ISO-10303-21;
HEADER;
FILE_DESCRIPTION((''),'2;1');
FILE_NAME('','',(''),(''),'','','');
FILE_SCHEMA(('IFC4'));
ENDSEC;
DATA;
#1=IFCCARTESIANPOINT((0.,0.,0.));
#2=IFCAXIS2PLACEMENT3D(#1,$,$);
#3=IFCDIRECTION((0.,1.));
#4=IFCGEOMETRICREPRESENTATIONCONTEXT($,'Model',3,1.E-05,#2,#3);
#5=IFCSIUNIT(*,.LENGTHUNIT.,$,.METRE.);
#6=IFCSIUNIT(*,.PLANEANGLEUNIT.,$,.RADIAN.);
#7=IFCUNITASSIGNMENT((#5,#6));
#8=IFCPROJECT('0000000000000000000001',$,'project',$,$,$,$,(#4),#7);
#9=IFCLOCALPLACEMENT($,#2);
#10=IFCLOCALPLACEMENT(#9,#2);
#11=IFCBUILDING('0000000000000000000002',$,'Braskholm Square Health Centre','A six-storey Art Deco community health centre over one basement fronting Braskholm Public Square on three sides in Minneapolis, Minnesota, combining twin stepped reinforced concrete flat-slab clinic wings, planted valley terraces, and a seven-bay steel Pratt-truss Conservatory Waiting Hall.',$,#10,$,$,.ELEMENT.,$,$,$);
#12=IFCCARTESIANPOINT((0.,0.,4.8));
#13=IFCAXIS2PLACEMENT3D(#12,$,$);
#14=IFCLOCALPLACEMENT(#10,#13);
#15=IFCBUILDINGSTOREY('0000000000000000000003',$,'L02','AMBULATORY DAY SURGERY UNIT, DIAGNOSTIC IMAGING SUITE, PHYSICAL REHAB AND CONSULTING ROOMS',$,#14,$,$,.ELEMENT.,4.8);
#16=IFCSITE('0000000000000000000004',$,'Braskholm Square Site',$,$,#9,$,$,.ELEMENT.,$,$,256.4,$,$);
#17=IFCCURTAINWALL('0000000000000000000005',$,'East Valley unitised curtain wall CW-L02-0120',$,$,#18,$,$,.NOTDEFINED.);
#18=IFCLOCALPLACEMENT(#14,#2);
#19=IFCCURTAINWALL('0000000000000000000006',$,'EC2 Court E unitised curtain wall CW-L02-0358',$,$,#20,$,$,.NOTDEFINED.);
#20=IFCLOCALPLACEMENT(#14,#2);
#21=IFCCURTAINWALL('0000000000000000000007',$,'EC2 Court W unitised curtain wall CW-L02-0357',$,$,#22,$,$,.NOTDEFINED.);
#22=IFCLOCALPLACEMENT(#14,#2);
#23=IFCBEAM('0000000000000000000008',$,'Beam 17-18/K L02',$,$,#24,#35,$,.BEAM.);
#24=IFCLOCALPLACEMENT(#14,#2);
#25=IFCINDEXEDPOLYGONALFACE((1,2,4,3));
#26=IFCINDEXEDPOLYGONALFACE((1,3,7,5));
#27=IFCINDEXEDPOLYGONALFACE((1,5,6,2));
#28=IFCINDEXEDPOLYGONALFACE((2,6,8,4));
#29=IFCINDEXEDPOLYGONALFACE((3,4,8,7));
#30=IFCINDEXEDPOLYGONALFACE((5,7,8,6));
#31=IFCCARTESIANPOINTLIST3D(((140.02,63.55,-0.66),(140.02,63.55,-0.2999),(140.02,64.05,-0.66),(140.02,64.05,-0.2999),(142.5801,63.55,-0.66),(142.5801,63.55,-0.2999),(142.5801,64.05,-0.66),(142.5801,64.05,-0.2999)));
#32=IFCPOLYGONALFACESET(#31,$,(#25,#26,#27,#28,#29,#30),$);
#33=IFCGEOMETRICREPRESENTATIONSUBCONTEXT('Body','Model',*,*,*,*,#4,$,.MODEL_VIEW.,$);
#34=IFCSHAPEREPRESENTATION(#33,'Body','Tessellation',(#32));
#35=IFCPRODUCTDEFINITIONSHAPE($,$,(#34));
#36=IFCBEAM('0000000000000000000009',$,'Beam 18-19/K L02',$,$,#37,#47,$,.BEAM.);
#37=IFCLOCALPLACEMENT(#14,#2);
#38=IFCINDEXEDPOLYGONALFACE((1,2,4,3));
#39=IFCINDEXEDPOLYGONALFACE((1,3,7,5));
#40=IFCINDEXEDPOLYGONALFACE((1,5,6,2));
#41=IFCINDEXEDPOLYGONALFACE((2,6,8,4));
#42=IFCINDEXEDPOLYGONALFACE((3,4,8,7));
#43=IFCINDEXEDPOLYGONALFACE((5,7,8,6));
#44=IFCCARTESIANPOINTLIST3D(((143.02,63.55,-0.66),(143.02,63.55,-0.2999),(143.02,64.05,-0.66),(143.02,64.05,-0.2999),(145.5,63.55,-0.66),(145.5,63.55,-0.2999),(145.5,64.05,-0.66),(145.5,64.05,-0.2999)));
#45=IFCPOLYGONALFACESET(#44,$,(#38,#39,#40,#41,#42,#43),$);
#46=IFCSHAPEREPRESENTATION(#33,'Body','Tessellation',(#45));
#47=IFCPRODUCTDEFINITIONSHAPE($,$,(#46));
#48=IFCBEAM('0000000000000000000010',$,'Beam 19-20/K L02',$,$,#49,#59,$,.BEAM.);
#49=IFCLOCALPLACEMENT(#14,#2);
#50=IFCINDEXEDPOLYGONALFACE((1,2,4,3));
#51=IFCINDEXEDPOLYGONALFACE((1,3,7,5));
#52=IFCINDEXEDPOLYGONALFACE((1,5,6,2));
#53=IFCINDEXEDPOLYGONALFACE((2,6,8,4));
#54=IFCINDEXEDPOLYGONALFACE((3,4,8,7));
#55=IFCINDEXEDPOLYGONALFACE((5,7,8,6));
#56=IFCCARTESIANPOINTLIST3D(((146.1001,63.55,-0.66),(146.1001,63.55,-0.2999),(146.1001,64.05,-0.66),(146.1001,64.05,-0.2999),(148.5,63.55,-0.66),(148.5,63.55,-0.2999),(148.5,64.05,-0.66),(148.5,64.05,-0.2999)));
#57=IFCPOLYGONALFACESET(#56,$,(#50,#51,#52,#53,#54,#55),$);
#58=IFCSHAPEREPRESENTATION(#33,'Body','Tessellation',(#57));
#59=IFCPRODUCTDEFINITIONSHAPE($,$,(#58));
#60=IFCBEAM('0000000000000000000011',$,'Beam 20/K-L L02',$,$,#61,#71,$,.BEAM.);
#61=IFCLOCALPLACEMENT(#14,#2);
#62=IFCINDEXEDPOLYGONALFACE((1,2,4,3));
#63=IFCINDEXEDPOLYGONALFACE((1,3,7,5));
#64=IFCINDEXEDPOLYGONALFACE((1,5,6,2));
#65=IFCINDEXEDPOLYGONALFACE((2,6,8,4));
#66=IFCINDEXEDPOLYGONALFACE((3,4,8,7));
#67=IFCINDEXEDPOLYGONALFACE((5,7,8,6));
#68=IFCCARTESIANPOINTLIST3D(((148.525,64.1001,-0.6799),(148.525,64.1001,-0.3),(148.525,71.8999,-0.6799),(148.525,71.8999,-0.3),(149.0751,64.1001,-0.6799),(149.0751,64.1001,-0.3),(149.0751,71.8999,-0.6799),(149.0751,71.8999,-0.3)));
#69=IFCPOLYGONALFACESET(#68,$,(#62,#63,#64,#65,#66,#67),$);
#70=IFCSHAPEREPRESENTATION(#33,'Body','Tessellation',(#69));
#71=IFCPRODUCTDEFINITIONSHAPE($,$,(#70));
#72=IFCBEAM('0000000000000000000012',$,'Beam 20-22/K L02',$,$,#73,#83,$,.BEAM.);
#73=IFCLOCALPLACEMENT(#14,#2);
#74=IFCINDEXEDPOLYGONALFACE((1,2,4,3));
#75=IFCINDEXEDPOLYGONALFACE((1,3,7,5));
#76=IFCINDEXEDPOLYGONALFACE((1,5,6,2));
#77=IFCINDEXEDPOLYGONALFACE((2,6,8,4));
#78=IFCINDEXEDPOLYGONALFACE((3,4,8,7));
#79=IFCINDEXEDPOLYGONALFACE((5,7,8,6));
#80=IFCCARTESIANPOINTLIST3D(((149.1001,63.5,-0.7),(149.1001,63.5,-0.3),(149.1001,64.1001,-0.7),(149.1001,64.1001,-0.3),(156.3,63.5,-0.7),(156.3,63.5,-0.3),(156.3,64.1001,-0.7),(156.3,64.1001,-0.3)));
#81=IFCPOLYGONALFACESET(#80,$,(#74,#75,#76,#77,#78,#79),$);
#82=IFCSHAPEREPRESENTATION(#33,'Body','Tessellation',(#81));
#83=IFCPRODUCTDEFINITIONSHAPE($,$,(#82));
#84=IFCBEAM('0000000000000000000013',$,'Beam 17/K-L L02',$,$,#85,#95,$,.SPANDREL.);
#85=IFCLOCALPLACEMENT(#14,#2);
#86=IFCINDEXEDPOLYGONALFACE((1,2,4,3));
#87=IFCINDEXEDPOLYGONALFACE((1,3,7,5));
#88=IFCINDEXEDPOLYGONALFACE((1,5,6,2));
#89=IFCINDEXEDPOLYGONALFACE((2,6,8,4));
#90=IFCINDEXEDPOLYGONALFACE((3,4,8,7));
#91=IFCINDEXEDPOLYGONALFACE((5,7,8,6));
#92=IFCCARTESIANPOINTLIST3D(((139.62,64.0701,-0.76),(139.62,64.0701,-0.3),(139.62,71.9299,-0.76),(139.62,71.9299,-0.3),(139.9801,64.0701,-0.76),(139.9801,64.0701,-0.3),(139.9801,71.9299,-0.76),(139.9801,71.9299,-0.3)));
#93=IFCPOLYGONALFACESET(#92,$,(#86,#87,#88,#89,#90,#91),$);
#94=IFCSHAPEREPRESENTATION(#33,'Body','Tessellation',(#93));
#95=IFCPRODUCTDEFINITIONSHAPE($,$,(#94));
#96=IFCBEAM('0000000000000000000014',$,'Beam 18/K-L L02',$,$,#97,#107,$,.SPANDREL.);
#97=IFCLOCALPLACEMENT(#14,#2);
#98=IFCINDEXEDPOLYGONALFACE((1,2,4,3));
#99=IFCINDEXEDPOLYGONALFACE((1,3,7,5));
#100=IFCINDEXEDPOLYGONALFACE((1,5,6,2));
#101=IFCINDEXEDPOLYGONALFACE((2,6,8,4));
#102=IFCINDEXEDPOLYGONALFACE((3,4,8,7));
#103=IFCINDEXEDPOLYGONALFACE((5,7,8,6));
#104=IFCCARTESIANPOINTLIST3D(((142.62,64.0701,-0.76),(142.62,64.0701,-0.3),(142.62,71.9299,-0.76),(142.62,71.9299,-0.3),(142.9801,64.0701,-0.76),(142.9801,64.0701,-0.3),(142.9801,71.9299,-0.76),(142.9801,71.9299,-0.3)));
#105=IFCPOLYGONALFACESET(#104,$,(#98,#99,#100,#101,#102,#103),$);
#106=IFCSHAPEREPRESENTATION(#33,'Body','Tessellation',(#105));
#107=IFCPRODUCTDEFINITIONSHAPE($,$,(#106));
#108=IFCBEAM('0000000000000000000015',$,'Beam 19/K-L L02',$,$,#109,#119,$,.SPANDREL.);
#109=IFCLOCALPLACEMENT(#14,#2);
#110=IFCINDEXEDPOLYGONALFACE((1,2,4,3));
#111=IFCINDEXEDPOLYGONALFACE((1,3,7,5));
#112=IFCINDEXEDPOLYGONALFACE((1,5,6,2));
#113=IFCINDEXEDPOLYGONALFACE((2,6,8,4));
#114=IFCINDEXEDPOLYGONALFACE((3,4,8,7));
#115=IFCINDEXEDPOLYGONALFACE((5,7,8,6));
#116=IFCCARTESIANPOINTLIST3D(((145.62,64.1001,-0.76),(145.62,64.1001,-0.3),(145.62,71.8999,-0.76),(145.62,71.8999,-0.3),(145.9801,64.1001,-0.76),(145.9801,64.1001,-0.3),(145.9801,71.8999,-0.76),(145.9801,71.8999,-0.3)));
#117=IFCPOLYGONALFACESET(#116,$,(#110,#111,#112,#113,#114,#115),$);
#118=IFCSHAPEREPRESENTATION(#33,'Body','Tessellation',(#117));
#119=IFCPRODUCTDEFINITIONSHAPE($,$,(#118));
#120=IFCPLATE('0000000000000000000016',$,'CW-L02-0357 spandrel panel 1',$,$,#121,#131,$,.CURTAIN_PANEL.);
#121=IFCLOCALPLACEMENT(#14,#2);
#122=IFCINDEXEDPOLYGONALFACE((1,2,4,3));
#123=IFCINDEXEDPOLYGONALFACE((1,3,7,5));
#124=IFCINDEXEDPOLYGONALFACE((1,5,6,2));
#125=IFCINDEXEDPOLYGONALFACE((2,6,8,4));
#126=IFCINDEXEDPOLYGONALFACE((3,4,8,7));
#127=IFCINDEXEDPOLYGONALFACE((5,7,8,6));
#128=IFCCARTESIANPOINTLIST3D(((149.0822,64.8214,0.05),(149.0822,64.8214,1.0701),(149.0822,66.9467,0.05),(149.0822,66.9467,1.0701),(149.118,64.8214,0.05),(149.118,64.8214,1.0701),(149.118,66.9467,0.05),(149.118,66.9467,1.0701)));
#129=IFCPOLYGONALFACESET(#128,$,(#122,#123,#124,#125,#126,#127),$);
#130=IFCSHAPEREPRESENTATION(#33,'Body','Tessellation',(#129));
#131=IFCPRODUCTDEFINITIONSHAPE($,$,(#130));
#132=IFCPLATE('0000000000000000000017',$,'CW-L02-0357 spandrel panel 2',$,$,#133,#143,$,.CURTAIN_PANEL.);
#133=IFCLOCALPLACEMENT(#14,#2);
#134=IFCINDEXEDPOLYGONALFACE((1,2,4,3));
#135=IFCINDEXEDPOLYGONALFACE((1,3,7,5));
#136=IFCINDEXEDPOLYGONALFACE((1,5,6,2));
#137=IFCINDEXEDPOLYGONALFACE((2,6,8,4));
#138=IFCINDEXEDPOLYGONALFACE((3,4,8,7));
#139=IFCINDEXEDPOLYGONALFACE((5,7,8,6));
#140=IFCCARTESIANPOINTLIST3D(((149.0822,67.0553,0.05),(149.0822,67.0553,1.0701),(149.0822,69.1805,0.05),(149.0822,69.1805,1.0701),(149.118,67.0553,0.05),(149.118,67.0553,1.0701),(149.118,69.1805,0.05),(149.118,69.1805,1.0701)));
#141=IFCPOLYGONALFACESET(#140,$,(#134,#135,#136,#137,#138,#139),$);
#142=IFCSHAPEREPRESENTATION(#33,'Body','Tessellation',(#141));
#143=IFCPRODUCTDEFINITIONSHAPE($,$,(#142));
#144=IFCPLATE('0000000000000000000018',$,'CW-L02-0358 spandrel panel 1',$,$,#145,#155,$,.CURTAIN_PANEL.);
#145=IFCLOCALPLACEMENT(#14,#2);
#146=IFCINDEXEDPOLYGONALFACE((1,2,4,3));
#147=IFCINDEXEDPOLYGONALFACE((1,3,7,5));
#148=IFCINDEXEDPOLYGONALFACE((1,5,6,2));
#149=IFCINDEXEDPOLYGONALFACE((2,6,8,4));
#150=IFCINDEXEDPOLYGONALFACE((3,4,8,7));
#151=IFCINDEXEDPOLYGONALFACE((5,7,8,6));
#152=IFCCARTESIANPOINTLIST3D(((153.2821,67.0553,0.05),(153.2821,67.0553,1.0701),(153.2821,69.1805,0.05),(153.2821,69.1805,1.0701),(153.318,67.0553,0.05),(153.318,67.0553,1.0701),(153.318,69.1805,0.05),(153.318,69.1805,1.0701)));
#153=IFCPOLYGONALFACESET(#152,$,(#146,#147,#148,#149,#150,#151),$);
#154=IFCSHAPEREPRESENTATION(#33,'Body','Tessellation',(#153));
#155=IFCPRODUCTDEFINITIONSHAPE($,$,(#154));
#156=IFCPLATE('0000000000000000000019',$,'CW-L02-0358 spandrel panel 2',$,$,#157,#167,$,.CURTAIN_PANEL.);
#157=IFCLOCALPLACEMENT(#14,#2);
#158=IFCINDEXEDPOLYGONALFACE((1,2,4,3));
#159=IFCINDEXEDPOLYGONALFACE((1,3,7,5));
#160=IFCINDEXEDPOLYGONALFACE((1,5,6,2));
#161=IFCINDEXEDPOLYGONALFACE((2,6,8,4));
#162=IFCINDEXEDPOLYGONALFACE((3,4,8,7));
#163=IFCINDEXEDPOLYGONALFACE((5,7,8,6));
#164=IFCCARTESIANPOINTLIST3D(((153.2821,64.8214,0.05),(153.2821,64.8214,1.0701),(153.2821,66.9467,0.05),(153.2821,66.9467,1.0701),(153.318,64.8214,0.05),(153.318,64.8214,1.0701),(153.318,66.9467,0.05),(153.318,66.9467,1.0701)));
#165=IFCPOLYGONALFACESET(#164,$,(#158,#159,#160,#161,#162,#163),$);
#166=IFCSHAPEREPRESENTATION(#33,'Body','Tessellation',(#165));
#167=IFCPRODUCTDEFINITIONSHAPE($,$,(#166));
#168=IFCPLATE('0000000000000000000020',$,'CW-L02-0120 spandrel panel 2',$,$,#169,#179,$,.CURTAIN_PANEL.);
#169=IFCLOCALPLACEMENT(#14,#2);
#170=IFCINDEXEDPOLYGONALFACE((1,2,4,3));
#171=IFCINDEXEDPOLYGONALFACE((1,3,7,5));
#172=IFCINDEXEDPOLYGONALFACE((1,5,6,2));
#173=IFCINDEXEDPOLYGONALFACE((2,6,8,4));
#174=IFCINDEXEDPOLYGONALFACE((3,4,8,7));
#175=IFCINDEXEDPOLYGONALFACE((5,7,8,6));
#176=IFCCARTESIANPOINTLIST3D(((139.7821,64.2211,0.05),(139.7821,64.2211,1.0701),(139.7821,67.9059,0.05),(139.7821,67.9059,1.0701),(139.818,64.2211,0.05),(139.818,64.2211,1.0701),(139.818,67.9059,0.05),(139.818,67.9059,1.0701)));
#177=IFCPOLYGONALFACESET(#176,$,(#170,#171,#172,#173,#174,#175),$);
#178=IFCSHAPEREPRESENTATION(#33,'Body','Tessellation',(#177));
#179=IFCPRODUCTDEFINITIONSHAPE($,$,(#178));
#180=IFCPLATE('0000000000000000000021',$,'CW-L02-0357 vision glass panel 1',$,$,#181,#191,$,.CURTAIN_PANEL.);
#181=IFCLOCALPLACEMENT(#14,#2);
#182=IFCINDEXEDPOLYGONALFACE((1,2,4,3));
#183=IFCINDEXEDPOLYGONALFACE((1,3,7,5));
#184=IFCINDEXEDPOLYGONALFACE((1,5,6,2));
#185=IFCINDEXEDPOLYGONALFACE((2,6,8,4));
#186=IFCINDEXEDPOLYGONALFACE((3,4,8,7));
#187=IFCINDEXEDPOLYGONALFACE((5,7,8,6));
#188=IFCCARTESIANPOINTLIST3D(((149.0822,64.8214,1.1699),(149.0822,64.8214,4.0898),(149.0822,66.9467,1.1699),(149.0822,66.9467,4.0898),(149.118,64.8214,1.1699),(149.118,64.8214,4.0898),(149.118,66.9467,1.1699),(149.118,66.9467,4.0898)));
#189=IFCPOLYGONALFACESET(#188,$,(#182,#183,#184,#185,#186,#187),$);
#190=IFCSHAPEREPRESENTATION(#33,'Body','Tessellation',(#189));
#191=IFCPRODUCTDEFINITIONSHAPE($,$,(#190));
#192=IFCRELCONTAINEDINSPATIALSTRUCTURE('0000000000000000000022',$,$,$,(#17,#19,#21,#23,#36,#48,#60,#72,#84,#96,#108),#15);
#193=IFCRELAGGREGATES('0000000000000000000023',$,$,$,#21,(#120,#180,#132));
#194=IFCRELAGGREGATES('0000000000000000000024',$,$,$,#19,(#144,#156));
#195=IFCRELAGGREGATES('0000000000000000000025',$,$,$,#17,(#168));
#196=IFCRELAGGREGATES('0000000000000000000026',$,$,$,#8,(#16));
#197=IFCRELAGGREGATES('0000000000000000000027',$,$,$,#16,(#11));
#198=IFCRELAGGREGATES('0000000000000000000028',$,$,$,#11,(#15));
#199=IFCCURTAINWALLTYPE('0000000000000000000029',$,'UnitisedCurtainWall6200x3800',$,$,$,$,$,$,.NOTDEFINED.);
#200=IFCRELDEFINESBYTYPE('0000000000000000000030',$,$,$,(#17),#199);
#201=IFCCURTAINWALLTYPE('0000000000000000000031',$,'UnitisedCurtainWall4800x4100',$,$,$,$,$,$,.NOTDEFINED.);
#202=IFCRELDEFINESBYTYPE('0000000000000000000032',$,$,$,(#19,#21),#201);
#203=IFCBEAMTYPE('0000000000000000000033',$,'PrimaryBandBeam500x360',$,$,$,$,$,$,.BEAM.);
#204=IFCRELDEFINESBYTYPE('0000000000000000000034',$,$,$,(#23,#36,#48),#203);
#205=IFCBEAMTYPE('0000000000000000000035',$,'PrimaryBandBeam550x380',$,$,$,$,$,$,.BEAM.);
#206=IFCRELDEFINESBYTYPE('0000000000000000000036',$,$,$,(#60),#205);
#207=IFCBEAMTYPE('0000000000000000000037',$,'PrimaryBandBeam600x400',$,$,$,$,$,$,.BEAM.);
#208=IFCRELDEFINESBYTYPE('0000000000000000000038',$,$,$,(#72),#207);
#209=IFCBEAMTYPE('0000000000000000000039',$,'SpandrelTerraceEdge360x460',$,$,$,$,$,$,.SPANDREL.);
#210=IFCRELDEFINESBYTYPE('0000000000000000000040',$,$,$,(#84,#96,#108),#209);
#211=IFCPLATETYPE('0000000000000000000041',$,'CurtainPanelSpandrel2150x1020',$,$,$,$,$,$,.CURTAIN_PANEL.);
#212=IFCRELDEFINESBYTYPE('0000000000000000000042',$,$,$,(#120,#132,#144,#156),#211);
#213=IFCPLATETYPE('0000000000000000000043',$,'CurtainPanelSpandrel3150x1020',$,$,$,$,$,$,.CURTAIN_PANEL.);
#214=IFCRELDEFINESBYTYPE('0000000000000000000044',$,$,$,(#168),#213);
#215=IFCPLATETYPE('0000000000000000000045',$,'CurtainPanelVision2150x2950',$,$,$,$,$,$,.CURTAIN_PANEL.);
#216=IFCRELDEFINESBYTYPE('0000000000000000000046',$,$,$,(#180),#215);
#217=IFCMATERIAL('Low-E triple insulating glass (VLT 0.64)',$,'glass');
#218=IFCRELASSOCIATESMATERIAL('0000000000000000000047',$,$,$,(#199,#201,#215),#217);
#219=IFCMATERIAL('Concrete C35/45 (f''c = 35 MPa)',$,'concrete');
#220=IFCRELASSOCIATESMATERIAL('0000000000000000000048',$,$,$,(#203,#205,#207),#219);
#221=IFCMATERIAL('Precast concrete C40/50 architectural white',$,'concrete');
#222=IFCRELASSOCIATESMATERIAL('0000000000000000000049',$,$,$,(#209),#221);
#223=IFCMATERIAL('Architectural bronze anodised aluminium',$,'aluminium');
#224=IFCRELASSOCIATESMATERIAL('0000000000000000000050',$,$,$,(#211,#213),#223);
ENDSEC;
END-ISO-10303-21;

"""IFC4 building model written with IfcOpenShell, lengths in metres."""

from ifc_helpers import new_model, si_unit, direction, frame, origin, origin_2d, place, context, subcontext, project, spatial, rectangle, extrude, material, material_profile, profile_set, type_object, element, aggregate, save


model = new_model("IFC4")

# Units and contexts
model_context = context("Model", 3, precision=1e-05, world=origin(), true_north=direction((0.0, 1.0)))
body_context = subcontext(model_context, "Body", "Model", "MODEL_VIEW")
ifc_project = project(units=[si_unit("LENGTHUNIT", "METRE"), si_unit("PLANEANGLEUNIT", "RADIAN")], contexts=[model_context])

# Site, building, storey
site_placement = place(None, origin())
site = spatial("IfcSite", under=ifc_project, at=site_placement, Name="Braskholm Square Site", CompositionType="ELEMENT", RefElevation=256.4)
building_placement = place(site_placement, origin())
building = spatial("IfcBuilding", under=site, at=building_placement, Name="Braskholm Square Health Centre", Description="A six-storey Art Deco community health centre over one basement fronting Braskholm Public Square on three sides in Minneapolis, Minnesota, combining twin stepped reinforced concrete flat-slab clinic wings, planted valley terraces, and a seven-bay steel Pratt-truss Conservatory Waiting Hall.", CompositionType="ELEMENT")
storey_placement = place(building_placement, frame((0.0, 0.0, 4.8)))
storey = spatial("IfcBuildingStorey", under=building, at=storey_placement, Name="L02", Description="AMBULATORY DAY SURGERY UNIT, DIAGNOSTIC IMAGING SUITE, PHYSICAL REHAB AND CONSULTING ROOMS", CompositionType="ELEMENT", Elevation=4.8)

# Shared definitions
ifc_material_1 = material(Name="Precast concrete C40/50 architectural white", Category="concrete")

# Curtain walls
ifc_material_2 = material(Name="Low-E triple insulating glass (VLT 0.64)", Category="glass")
curtain_wall_type_1 = type_object("IfcCurtainWallType", Name="UnitisedCurtainWall6200x3800", PredefinedType="NOTDEFINED", material=ifc_material_2)
curtain_wall_1_placement = place(storey_placement, origin())
curtain_wall_1 = element("IfcCurtainWall", 1, at=curtain_wall_1_placement, inside=storey, type_object=curtain_wall_type_1, Name="East Valley unitised curtain wall CW-L02-0120", PredefinedType="NOTDEFINED")
ifc_material_3 = material(Name="Architectural bronze anodised aluminium", Category="aluminium")
curtain_wall_type_2 = type_object("IfcCurtainWallType", Name="UnitisedCurtainWall4800x4100", PredefinedType="NOTDEFINED", material=ifc_material_2)
curtain_wall_2_placement = place(storey_placement, origin())
curtain_wall_2 = element("IfcCurtainWall", 2, at=curtain_wall_2_placement, inside=storey, type_object=curtain_wall_type_2, Name="EC2 Court E unitised curtain wall CW-L02-0358", PredefinedType="NOTDEFINED")
curtain_wall_3_placement = place(storey_placement, origin())
curtain_wall_3 = element("IfcCurtainWall", 3, at=curtain_wall_3_placement, inside=storey, type_object=curtain_wall_type_2, Name="EC2 Court W unitised curtain wall CW-L02-0357", PredefinedType="NOTDEFINED")

# Beams
ifc_material_4 = material(Name="Concrete C35/45 (f'c = 35 MPa)", Category="concrete")
ifc_material_profile_1 = material_profile(ifc_material_4, rectangle(XDim=0.5, YDim=0.3601, at=origin_2d()), Name="RCB-500X360")
ifc_profile_set_1 = profile_set([ifc_material_profile_1], Name="Concrete C35/45 (f'c = 35 MPa)")
beam_type_1 = type_object("IfcBeamType", Name="PrimaryBandBeam500x360", PredefinedType="BEAM", material=ifc_profile_set_1)
beam_1_placement = place(storey_placement, frame((140.02, 63.8, -0.48), z_axis=(1.0, 0.0, 0.0), x_axis=(0.0, 1.0, 0.0)))
element("IfcBeam", 4, at=beam_1_placement, inside=storey, type_object=beam_type_1, Name="Beam 17-18/K L02", PredefinedType="BEAM", context=body_context, shape_type="SweptSolid", body=[
    extrude(rectangle(XDim=0.5, YDim=0.3601, at=origin_2d()), origin(), (0.0, 0.0, 1.0), 2.5601),
])
beam_2_placement = place(storey_placement, frame((143.02, 63.8, -0.48), z_axis=(1.0, 0.0, 0.0), x_axis=(0.0, 1.0, 0.0)))
element("IfcBeam", 5, at=beam_2_placement, inside=storey, type_object=beam_type_1, Name="Beam 18-19/K L02", PredefinedType="BEAM", context=body_context, shape_type="SweptSolid", body=[
    extrude(rectangle(XDim=0.5, YDim=0.3601, at=origin_2d()), origin(), (0.0, 0.0, 1.0), 2.48),
])
beam_3_placement = place(storey_placement, frame((146.1001, 63.8, -0.48), z_axis=(1.0, 0.0, 0.0), x_axis=(0.0, 1.0, 0.0)))
element("IfcBeam", 6, at=beam_3_placement, inside=storey, type_object=beam_type_1, Name="Beam 19-20/K L02", PredefinedType="BEAM", context=body_context, shape_type="SweptSolid", body=[
    extrude(rectangle(XDim=0.5, YDim=0.3601, at=origin_2d()), origin(), (0.0, 0.0, 1.0), 2.3999),
])
ifc_material_profile_2 = material_profile(ifc_material_4, rectangle(XDim=0.55, YDim=0.3799, at=origin_2d()), Name="RCB-550X380")
ifc_profile_set_2 = profile_set([ifc_material_profile_2], Name="Concrete C35/45 (f'c = 35 MPa)")
beam_type_2 = type_object("IfcBeamType", Name="PrimaryBandBeam550x380", PredefinedType="BEAM", material=ifc_profile_set_2)
beam_4_placement = place(storey_placement, frame((148.8, 64.1001, -0.49), z_axis=(0.0, 1.0, 0.0), x_axis=(-1.0, 0.0, 0.0)))
element("IfcBeam", 7, at=beam_4_placement, inside=storey, type_object=beam_type_2, Name="Beam 20/K-L L02", PredefinedType="BEAM", context=body_context, shape_type="SweptSolid", body=[
    extrude(rectangle(XDim=0.55, YDim=0.3799, at=origin_2d()), origin(), (0.0, 0.0, 1.0), 7.7998),
])
ifc_material_profile_3 = material_profile(ifc_material_4, rectangle(XDim=0.6001, YDim=0.3999, at=origin_2d()), Name="RCB-600X400")
ifc_profile_set_3 = profile_set([ifc_material_profile_3], Name="Concrete C35/45 (f'c = 35 MPa)")
beam_type_3 = type_object("IfcBeamType", Name="PrimaryBandBeam600x400", PredefinedType="BEAM", material=ifc_profile_set_3)
beam_5_placement = place(storey_placement, frame((149.1001, 63.8, -0.5), z_axis=(1.0, 0.0, 0.0), x_axis=(0.0, 1.0, 0.0)))
element("IfcBeam", 8, at=beam_5_placement, inside=storey, type_object=beam_type_3, Name="Beam 20-22/K L02", PredefinedType="BEAM", context=body_context, shape_type="SweptSolid", body=[
    extrude(rectangle(XDim=0.6001, YDim=0.3999, at=origin_2d()), origin(), (0.0, 0.0, 1.0), 7.2),
])
ifc_material_profile_4 = material_profile(ifc_material_1, rectangle(XDim=0.3601, YDim=0.46, at=origin_2d()), Name="RCB-360X460")
ifc_profile_set_4 = profile_set([ifc_material_profile_4], Name="Precast concrete C40/50 architectural white")
beam_type_4 = type_object("IfcBeamType", Name="SpandrelTerraceEdge360x460", PredefinedType="SPANDREL", material=ifc_profile_set_4)
for number, where, z_axis, x_axis, name in (
    (9, (139.8, 64.0701, -0.53), (0.0, 1.0, 0.0), (-1.0, 0.0, 0.0), "Beam 17/K-L L02"),
    (10, (142.8, 64.0701, -0.53), (0.0, 1.0, 0.0), (-1.0, 0.0, 0.0), "Beam 18/K-L L02"),
):
    element("IfcBeam", number, at=place(storey_placement, frame(where, z_axis=z_axis, x_axis=x_axis)), inside=storey, type_object=beam_type_4, Name=name, PredefinedType="SPANDREL", context=body_context, shape_type="SweptSolid", body=[
        extrude(rectangle(XDim=0.3601, YDim=0.46, at=origin_2d()), origin(), (0.0, 0.0, 1.0), 7.8599),
    ])
beam_6_placement = place(storey_placement, frame((145.8, 64.1001, -0.53), z_axis=(0.0, 1.0, 0.0), x_axis=(-1.0, 0.0, 0.0)))
element("IfcBeam", 11, at=beam_6_placement, inside=storey, type_object=beam_type_4, Name="Beam 19/K-L L02", PredefinedType="SPANDREL", context=body_context, shape_type="SweptSolid", body=[
    extrude(rectangle(XDim=0.3601, YDim=0.46, at=origin_2d()), origin(), (0.0, 0.0, 1.0), 7.7998),
])

# Plates
plate_type_1 = type_object("IfcPlateType", Name="CurtainPanelSpandrel2150x1020", PredefinedType="CURTAIN_PANEL", material=ifc_material_3)
plate_1_placement = place(storey_placement, frame((149.1001, 65.884, 0.05), z_axis=(0.0, 0.0, 1.0), x_axis=(0.0, 1.0, 0.0)))
plate_1 = element("IfcPlate", 12, at=plate_1_placement, type_object=plate_type_1, Name="CW-L02-0357 spandrel panel 1", PredefinedType="CURTAIN_PANEL", context=body_context, shape_type="SweptSolid", body=[
    extrude(rectangle(XDim=2.1252, YDim=0.0359, at=origin_2d()), origin(), (0.0, 0.0, 1.0), 1.02),
])
plate_2_placement = place(storey_placement, frame((149.1001, 68.1179, 0.05), z_axis=(0.0, 0.0, 1.0), x_axis=(0.0, 1.0, 0.0)))
plate_2 = element("IfcPlate", 13, at=plate_2_placement, type_object=plate_type_1, Name="CW-L02-0357 spandrel panel 2", PredefinedType="CURTAIN_PANEL", context=body_context, shape_type="SweptSolid", body=[
    extrude(rectangle(XDim=2.1252, YDim=0.0359, at=origin_2d()), origin(), (0.0, 0.0, 1.0), 1.02),
])
plate_3_placement = place(storey_placement, frame((153.3, 68.1179, 0.05), z_axis=(0.0, 0.0, 1.0), x_axis=(0.0, -1.0, 0.0)))
plate_3 = element("IfcPlate", 14, at=plate_3_placement, type_object=plate_type_1, Name="CW-L02-0358 spandrel panel 1", PredefinedType="CURTAIN_PANEL", context=body_context, shape_type="SweptSolid", body=[
    extrude(rectangle(XDim=2.1252, YDim=0.0359, at=origin_2d()), origin(), (0.0, 0.0, 1.0), 1.02),
])
plate_4_placement = place(storey_placement, frame((153.3, 65.884, 0.05), z_axis=(0.0, 0.0, 1.0), x_axis=(0.0, -1.0, 0.0)))
plate_4 = element("IfcPlate", 15, at=plate_4_placement, type_object=plate_type_1, Name="CW-L02-0358 spandrel panel 2", PredefinedType="CURTAIN_PANEL", context=body_context, shape_type="SweptSolid", body=[
    extrude(rectangle(XDim=2.1252, YDim=0.0359, at=origin_2d()), origin(), (0.0, 0.0, 1.0), 1.02),
])
plate_type_2 = type_object("IfcPlateType", Name="CurtainPanelSpandrel3150x1020", PredefinedType="CURTAIN_PANEL", material=ifc_material_3)
plate_5_placement = place(storey_placement, frame((139.8, 66.0635, 0.05), z_axis=(0.0, 0.0, 1.0), x_axis=(0.0, -1.0, 0.0)))
plate_5 = element("IfcPlate", 16, at=plate_5_placement, type_object=plate_type_2, Name="CW-L02-0120 spandrel panel 2", PredefinedType="CURTAIN_PANEL", context=body_context, shape_type="SweptSolid", body=[
    extrude(rectangle(XDim=3.6848, YDim=0.0359, at=origin_2d()), origin(), (0.0, 0.0, 1.0), 1.02),
])
plate_type_3 = type_object("IfcPlateType", Name="CurtainPanelVision2150x2950", PredefinedType="CURTAIN_PANEL", material=ifc_material_2)
plate_6_placement = place(storey_placement, frame((149.1001, 65.884, 1.1699), z_axis=(0.0, 0.0, 1.0), x_axis=(0.0, 1.0, 0.0)))
plate_6 = element("IfcPlate", 17, at=plate_6_placement, type_object=plate_type_3, Name="CW-L02-0357 vision glass panel 1", PredefinedType="CURTAIN_PANEL", context=body_context, shape_type="SweptSolid", body=[
    extrude(rectangle(XDim=2.1252, YDim=0.0359, at=origin_2d()), origin(), (0.0, 0.0, 1.0), 2.9199),
])
aggregate(curtain_wall_3, [plate_1, plate_6, plate_2])
aggregate(curtain_wall_2, [plate_3, plate_4])
aggregate(curtain_wall_1, [plate_5])

save(model, "model.ifc")
